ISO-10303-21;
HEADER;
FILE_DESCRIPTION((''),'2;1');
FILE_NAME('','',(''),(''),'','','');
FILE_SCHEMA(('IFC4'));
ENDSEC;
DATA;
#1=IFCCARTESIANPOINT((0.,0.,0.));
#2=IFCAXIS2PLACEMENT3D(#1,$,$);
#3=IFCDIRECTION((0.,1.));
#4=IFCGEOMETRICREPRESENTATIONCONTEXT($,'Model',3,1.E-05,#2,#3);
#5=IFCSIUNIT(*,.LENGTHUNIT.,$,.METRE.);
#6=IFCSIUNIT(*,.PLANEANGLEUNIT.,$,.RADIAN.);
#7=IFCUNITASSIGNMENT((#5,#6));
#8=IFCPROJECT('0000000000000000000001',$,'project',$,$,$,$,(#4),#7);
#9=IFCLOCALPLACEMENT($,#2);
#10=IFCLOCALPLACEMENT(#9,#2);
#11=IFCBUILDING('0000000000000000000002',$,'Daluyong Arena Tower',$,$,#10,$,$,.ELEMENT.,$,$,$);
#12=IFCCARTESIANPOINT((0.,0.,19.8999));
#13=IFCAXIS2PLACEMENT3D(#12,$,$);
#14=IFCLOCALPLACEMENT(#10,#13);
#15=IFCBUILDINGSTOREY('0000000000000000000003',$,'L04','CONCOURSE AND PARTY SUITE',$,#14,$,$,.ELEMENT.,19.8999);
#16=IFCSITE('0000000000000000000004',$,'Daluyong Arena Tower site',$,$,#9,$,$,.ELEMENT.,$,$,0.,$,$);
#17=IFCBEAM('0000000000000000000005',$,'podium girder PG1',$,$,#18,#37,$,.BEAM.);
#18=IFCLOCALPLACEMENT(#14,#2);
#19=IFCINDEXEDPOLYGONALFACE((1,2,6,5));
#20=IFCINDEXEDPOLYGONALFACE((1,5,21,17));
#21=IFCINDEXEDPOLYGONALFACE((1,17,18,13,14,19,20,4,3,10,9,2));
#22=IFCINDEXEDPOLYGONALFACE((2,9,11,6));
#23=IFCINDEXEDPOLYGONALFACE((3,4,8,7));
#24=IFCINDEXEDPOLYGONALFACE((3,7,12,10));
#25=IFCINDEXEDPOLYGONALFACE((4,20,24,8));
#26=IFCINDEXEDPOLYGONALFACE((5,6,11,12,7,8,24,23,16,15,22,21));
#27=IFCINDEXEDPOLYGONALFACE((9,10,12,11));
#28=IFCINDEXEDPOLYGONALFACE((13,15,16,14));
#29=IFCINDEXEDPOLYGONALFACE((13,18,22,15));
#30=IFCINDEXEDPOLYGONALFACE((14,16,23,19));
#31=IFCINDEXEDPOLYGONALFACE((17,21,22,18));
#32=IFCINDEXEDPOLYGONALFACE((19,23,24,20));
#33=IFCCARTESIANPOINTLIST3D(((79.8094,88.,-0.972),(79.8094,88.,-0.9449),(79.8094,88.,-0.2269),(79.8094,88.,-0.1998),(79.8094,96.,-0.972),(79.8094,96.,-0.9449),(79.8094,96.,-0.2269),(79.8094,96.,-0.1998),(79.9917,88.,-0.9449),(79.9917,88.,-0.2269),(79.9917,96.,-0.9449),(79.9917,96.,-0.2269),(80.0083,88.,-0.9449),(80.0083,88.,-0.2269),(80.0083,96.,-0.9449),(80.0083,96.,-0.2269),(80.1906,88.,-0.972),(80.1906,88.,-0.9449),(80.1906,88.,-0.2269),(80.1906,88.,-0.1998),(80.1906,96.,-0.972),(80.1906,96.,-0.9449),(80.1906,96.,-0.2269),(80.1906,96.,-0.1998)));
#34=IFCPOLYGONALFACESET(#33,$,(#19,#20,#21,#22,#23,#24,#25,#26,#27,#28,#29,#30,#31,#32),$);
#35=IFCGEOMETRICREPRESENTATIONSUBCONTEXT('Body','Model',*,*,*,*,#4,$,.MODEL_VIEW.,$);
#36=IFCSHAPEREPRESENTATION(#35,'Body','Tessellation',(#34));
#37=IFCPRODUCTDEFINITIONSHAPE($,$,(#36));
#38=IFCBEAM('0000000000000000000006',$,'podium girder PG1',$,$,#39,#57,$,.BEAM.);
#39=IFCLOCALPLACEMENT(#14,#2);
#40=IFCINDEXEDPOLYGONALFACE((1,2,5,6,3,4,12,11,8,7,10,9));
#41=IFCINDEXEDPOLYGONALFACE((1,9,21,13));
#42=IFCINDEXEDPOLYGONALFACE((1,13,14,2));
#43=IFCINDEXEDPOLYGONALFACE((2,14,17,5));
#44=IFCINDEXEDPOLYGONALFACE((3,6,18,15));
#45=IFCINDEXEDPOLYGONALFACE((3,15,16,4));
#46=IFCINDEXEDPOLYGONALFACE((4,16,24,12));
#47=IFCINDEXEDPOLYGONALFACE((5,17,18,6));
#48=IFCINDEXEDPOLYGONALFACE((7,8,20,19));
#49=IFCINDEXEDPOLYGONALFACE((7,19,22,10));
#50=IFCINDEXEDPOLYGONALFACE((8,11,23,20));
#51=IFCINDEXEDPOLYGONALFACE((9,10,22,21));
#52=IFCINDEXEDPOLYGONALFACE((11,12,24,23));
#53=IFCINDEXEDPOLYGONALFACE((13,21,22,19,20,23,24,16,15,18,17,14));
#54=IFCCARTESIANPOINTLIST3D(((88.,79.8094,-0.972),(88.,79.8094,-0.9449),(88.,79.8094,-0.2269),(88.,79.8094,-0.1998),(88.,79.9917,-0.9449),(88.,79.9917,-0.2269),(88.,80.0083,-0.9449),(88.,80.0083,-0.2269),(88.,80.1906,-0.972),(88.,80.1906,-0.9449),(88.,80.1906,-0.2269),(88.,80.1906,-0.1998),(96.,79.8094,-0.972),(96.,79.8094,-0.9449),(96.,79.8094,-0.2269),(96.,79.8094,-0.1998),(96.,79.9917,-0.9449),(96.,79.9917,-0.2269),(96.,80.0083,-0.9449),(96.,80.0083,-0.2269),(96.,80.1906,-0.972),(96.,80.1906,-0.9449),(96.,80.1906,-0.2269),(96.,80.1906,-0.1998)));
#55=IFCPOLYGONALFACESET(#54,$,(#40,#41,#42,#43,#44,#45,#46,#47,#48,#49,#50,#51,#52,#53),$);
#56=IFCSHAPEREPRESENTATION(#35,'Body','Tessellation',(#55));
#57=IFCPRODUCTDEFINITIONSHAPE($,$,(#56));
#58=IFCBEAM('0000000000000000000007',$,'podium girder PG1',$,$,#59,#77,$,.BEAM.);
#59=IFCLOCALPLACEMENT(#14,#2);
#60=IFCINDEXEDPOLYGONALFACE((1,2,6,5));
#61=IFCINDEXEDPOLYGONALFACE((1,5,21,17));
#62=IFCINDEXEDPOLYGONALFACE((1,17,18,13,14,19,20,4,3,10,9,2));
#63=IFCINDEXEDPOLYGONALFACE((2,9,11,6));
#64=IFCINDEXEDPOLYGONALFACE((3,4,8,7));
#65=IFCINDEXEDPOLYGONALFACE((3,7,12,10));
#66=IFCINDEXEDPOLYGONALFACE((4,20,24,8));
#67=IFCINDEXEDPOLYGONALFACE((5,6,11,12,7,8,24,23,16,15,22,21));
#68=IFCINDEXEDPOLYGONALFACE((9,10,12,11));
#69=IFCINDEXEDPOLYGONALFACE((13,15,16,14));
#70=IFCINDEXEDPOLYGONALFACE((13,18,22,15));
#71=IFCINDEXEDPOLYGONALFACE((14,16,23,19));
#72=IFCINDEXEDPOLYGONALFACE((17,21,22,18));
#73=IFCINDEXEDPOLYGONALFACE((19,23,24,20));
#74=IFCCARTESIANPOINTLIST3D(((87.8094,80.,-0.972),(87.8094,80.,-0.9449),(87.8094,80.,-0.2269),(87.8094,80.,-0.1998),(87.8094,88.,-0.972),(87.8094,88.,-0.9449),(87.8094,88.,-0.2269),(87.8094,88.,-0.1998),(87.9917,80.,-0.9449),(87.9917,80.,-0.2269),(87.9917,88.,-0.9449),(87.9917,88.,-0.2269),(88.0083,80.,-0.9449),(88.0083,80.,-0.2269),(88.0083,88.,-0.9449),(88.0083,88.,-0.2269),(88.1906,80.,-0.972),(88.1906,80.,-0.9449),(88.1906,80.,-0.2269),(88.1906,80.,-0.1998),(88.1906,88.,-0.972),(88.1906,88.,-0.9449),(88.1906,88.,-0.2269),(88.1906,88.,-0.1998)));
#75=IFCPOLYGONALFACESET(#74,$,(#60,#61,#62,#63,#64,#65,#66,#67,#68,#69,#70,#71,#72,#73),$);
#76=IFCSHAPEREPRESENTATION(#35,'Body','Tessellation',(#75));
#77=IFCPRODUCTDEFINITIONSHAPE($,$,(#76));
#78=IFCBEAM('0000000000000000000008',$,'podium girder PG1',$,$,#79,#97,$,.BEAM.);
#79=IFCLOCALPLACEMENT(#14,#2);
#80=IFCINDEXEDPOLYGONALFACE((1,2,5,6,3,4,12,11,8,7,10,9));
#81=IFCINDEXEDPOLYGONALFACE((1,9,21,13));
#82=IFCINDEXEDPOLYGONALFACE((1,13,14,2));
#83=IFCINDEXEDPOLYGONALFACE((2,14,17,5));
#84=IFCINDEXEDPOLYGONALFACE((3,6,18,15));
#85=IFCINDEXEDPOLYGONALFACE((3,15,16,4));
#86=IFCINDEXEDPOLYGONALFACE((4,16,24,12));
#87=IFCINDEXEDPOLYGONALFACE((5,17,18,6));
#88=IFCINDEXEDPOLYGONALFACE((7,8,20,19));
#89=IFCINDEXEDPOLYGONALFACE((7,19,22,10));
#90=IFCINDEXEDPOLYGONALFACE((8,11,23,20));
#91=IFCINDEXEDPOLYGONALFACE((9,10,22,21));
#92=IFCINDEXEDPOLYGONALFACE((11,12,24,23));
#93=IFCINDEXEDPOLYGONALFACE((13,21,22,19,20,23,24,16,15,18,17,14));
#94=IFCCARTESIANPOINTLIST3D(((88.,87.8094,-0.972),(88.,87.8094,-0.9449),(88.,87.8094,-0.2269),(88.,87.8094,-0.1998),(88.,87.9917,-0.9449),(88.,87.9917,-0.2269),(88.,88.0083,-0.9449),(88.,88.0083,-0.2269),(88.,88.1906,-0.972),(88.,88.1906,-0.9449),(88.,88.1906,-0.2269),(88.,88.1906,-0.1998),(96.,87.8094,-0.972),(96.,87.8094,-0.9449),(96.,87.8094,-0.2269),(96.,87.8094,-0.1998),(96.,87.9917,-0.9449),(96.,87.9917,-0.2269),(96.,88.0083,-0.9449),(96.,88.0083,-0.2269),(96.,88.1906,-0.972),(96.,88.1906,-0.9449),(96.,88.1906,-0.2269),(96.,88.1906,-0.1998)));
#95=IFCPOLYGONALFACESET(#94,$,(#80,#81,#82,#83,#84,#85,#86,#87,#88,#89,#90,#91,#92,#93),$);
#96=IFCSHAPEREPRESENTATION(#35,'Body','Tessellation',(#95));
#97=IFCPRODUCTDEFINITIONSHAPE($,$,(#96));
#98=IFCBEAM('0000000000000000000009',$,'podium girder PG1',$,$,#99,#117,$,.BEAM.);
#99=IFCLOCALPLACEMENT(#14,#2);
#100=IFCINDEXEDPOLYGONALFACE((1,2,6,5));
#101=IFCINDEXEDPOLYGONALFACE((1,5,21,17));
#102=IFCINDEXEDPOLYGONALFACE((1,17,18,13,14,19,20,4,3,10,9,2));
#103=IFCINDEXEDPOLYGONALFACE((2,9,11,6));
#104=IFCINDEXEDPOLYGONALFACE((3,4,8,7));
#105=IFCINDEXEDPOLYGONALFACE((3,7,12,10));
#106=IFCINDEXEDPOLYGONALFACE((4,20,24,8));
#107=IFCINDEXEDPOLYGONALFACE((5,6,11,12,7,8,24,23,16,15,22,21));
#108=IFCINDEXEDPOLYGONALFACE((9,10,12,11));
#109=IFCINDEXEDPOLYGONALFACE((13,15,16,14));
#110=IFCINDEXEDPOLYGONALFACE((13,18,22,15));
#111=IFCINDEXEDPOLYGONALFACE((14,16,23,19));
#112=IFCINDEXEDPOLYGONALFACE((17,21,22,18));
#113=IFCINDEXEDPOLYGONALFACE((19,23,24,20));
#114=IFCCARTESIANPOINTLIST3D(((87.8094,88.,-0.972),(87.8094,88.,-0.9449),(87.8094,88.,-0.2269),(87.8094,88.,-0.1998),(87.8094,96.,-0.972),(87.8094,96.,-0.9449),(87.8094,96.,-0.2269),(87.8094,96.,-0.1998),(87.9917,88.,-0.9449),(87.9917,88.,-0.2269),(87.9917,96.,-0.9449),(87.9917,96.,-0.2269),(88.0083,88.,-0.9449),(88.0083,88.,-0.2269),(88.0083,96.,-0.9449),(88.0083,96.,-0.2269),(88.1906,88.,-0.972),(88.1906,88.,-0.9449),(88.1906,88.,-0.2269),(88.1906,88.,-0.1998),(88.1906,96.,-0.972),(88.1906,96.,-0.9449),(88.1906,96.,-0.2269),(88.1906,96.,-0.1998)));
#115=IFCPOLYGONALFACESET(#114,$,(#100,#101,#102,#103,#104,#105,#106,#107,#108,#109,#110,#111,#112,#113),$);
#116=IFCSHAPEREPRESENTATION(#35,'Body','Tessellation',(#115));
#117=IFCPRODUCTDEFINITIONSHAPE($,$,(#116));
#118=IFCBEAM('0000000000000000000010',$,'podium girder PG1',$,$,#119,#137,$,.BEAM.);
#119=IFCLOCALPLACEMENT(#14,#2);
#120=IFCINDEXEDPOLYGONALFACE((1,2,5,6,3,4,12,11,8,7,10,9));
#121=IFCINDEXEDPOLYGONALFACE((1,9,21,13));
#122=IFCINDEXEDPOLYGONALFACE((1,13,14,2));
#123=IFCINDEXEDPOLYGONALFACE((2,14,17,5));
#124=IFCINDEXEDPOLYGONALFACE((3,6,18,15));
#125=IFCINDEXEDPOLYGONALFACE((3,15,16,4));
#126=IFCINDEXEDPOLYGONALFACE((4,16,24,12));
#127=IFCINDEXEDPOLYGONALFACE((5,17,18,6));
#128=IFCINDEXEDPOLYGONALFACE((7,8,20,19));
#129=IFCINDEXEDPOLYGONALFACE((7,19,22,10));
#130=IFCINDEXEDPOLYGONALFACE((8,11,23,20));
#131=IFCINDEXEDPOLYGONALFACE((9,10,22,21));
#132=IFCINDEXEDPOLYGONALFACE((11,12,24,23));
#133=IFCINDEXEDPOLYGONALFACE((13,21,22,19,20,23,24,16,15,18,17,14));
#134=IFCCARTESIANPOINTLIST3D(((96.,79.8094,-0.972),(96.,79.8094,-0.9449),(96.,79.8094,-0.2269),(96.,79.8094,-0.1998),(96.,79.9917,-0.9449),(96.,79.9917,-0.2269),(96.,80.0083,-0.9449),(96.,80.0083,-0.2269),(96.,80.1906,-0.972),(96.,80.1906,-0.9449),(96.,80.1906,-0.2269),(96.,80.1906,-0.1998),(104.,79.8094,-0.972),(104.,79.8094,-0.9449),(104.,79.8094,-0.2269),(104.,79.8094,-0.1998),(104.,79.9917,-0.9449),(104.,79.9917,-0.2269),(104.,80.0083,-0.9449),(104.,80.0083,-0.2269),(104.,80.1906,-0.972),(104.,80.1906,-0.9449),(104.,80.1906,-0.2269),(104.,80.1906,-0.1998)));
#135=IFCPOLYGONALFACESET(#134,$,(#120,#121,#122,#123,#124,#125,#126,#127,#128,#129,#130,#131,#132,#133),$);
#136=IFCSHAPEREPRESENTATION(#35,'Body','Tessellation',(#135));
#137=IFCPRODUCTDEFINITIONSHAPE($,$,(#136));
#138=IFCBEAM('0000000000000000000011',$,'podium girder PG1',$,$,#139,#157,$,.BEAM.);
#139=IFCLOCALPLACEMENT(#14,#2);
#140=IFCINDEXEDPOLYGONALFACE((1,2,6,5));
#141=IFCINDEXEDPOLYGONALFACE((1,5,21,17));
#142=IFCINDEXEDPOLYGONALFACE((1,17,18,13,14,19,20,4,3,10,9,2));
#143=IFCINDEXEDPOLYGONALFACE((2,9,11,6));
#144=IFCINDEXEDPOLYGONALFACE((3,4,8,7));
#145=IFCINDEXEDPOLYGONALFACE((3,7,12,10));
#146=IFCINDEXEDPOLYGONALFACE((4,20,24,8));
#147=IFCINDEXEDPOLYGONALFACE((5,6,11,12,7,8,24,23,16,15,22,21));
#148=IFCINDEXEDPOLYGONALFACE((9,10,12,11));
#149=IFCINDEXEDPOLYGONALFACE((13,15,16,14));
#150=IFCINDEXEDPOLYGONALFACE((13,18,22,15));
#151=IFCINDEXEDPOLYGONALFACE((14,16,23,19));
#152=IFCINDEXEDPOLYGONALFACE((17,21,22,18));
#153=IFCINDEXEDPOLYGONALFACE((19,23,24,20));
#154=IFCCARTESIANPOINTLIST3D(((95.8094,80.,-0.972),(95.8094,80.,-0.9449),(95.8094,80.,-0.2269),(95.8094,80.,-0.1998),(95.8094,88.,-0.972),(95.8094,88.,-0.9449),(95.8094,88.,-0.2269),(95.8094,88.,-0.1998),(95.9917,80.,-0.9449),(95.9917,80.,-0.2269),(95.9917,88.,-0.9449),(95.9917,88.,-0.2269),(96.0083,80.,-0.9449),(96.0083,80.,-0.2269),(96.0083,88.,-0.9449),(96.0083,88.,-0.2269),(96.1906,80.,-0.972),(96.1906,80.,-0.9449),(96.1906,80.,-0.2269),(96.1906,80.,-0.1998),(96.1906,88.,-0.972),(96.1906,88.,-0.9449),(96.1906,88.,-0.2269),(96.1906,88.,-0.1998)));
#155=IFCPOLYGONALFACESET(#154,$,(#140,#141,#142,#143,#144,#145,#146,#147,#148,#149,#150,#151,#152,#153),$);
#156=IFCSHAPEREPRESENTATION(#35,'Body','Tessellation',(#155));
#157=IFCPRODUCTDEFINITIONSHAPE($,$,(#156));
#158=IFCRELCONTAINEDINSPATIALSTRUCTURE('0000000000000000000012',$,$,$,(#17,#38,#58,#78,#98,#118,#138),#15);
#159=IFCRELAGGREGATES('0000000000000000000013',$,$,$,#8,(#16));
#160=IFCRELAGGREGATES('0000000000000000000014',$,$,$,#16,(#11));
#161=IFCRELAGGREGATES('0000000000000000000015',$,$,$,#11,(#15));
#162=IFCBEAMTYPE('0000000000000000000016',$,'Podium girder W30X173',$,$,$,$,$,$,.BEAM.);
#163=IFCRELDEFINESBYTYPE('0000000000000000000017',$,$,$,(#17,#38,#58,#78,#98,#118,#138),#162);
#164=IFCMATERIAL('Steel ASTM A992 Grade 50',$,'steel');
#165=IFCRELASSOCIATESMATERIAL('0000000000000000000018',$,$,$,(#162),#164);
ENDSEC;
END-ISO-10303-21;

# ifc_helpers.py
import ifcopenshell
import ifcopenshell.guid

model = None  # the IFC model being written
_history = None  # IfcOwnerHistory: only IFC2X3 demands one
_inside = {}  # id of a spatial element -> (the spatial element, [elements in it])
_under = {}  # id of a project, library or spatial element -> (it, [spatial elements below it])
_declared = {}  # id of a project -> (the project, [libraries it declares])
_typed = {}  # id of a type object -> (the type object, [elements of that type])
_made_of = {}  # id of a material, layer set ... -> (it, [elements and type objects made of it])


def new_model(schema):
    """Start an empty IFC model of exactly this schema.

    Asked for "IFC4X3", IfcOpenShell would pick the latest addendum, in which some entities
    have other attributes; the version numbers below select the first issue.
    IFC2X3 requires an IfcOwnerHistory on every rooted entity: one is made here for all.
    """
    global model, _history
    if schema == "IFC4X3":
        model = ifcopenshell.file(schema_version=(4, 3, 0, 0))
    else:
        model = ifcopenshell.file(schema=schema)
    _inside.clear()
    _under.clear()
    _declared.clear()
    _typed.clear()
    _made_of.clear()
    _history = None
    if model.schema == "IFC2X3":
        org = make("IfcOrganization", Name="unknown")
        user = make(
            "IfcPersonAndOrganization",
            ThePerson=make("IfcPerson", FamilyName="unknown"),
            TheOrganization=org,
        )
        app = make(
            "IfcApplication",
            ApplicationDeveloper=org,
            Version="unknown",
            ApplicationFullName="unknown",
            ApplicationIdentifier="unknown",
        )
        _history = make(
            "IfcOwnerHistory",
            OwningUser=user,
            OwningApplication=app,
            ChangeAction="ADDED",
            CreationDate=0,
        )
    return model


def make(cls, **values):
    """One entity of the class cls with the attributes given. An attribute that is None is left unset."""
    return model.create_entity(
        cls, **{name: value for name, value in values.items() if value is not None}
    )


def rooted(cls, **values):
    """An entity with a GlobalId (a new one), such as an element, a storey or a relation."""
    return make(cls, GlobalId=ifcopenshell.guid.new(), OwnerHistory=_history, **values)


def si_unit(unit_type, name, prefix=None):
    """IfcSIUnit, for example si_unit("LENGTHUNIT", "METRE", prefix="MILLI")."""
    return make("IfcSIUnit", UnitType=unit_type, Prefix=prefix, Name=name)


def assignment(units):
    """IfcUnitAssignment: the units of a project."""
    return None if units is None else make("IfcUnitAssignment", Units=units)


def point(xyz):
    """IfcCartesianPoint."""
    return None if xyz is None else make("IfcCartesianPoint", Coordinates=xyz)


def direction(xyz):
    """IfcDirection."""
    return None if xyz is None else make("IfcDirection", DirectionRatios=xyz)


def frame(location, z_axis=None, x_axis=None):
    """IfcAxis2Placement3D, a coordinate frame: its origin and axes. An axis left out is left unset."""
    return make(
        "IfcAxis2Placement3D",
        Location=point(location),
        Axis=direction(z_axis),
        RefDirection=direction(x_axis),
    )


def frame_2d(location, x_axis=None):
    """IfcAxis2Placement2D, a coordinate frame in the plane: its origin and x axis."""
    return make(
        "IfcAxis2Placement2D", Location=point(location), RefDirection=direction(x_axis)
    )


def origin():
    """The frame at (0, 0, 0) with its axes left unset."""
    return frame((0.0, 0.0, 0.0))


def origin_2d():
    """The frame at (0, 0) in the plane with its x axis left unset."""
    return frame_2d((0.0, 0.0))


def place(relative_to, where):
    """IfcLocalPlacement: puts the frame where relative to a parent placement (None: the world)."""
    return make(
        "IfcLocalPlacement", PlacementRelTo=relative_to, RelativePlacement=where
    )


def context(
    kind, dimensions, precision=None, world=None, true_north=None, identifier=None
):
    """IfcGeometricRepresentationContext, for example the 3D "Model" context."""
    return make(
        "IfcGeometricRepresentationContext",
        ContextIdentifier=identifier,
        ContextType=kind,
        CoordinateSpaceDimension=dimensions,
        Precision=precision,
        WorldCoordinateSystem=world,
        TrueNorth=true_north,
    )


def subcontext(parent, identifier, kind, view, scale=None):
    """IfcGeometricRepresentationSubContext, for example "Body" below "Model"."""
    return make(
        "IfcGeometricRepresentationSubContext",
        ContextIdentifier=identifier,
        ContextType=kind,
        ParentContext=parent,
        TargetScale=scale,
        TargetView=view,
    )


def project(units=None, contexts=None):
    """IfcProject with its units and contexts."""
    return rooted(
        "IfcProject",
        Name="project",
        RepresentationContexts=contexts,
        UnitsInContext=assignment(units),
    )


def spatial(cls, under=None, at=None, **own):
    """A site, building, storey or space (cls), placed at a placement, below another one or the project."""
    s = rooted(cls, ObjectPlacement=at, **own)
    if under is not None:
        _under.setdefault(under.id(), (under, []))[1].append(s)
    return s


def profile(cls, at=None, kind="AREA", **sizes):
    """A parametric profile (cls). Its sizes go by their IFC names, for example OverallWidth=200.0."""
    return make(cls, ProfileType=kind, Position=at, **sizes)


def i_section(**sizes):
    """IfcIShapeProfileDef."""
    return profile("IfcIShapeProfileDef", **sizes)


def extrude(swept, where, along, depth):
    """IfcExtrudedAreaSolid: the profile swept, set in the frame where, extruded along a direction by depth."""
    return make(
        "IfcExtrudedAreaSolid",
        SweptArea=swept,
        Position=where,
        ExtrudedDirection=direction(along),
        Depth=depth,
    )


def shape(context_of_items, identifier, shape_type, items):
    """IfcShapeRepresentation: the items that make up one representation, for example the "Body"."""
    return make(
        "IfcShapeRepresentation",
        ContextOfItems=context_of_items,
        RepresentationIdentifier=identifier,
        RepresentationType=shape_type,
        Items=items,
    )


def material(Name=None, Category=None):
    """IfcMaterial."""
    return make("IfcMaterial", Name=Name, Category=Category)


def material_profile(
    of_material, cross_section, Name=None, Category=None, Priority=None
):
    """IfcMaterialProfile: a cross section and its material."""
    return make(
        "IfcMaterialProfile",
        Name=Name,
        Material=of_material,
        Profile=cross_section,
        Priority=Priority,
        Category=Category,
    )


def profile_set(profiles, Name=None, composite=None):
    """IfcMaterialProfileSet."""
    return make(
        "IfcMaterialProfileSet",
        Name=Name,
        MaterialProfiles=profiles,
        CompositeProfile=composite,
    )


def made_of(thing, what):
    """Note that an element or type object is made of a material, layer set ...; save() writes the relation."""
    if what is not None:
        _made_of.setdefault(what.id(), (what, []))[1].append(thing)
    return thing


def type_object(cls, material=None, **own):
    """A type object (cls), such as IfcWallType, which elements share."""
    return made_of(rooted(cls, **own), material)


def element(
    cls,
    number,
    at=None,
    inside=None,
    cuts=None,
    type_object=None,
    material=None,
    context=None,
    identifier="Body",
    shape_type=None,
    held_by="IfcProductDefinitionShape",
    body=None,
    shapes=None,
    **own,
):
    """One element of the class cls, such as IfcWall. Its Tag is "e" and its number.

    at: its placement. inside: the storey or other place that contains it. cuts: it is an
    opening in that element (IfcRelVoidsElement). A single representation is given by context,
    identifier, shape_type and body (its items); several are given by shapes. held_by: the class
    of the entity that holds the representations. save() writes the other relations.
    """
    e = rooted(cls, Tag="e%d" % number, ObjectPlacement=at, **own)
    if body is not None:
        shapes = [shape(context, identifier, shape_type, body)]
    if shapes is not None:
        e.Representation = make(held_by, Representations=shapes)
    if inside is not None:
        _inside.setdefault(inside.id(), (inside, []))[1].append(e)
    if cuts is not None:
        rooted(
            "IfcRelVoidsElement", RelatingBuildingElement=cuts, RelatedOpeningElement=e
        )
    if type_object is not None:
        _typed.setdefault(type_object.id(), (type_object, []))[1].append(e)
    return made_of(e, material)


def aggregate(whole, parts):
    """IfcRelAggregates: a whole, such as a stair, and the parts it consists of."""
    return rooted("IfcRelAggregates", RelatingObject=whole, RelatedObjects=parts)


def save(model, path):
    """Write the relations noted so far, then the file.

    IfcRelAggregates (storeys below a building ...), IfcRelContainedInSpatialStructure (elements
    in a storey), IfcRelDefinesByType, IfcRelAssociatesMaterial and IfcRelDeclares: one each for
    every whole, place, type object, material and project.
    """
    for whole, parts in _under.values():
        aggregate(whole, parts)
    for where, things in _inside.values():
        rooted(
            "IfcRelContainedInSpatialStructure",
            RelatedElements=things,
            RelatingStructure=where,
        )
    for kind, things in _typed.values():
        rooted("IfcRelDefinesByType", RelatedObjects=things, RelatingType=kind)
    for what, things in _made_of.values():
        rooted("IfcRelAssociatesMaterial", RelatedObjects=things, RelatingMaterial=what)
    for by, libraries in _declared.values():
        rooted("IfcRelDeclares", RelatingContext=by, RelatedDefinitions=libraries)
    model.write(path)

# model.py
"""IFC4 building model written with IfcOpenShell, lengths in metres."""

from ifc_helpers import new_model, si_unit, direction, frame, origin, origin_2d, place, context, subcontext, project, spatial, i_section, extrude, material, material_profile, profile_set, type_object, element, save


model = new_model("IFC4")

# Units and contexts
model_context = context("Model", 3, precision=1e-05, world=origin(), true_north=direction((0.0, 1.0)))
body_context = subcontext(model_context, "Body", "Model", "MODEL_VIEW")
ifc_project = project(units=[si_unit("LENGTHUNIT", "METRE"), si_unit("PLANEANGLEUNIT", "RADIAN")], contexts=[model_context])

# Site, building, storey
site_placement = place(None, origin())
site = spatial("IfcSite", under=ifc_project, at=site_placement, Name="Daluyong Arena Tower site", CompositionType="ELEMENT", RefElevation=0.0)
building_placement = place(site_placement, origin())
building = spatial("IfcBuilding", under=site, at=building_placement, Name="Daluyong Arena Tower", CompositionType="ELEMENT")
storey_placement = place(building_placement, frame((0.0, 0.0, 19.8999)))
storey = spatial("IfcBuildingStorey", under=building, at=storey_placement, Name="L04", Description="CONCOURSE AND PARTY SUITE", CompositionType="ELEMENT", Elevation=19.8999)

# Beams
ifc_material_1 = material(Name="Steel ASTM A992 Grade 50", Category="steel")
ifc_material_profile_1 = material_profile(ifc_material_1, i_section(OverallWidth=0.3811, OverallDepth=0.7722, WebThickness=0.0166, FlangeThickness=0.0271, at=origin_2d()))
ifc_profile_set_1 = profile_set([ifc_material_profile_1], Name="Steel ASTM A992 Grade 50")
beam_type_1 = type_object("IfcBeamType", Name="Podium girder W30X173", PredefinedType="BEAM", material=ifc_profile_set_1)
for number, where, z_axis, x_axis, name in (
    (1, (80.0, 88.0, -0.5859), (0.0, 1.0, 0.0), (-1.0, 0.0, 0.0), "podium girder PG1"),
    (2, (88.0, 80.0, -0.5859), (1.0, 0.0, 0.0), (0.0, 1.0, 0.0), "podium girder PG1"),
    (3, (88.0, 80.0, -0.5859), (0.0, 1.0, 0.0), (-1.0, 0.0, 0.0), "podium girder PG1"),
    (4, (88.0, 88.0, -0.5859), (1.0, 0.0, 0.0), (0.0, 1.0, 0.0), "podium girder PG1"),
    (5, (88.0, 88.0, -0.5859), (0.0, 1.0, 0.0), (-1.0, 0.0, 0.0), "podium girder PG1"),
    (6, (96.0, 80.0, -0.5859), (1.0, 0.0, 0.0), (0.0, 1.0, 0.0), "podium girder PG1"),
    (7, (96.0, 80.0, -0.5859), (0.0, 1.0, 0.0), (-1.0, 0.0, 0.0), "podium girder PG1"),
):
    element("IfcBeam", number, at=place(storey_placement, frame(where, z_axis=z_axis, x_axis=x_axis)), inside=storey, type_object=beam_type_1, Name=name, PredefinedType="BEAM", context=body_context, shape_type="SweptSolid", body=[
        extrude(i_section(OverallWidth=0.3811, OverallDepth=0.7722, WebThickness=0.0166, FlangeThickness=0.0271, at=origin_2d()), origin(), (0.0, 0.0, 1.0), 8.0),
    ])

save(model, "model.ifc")
